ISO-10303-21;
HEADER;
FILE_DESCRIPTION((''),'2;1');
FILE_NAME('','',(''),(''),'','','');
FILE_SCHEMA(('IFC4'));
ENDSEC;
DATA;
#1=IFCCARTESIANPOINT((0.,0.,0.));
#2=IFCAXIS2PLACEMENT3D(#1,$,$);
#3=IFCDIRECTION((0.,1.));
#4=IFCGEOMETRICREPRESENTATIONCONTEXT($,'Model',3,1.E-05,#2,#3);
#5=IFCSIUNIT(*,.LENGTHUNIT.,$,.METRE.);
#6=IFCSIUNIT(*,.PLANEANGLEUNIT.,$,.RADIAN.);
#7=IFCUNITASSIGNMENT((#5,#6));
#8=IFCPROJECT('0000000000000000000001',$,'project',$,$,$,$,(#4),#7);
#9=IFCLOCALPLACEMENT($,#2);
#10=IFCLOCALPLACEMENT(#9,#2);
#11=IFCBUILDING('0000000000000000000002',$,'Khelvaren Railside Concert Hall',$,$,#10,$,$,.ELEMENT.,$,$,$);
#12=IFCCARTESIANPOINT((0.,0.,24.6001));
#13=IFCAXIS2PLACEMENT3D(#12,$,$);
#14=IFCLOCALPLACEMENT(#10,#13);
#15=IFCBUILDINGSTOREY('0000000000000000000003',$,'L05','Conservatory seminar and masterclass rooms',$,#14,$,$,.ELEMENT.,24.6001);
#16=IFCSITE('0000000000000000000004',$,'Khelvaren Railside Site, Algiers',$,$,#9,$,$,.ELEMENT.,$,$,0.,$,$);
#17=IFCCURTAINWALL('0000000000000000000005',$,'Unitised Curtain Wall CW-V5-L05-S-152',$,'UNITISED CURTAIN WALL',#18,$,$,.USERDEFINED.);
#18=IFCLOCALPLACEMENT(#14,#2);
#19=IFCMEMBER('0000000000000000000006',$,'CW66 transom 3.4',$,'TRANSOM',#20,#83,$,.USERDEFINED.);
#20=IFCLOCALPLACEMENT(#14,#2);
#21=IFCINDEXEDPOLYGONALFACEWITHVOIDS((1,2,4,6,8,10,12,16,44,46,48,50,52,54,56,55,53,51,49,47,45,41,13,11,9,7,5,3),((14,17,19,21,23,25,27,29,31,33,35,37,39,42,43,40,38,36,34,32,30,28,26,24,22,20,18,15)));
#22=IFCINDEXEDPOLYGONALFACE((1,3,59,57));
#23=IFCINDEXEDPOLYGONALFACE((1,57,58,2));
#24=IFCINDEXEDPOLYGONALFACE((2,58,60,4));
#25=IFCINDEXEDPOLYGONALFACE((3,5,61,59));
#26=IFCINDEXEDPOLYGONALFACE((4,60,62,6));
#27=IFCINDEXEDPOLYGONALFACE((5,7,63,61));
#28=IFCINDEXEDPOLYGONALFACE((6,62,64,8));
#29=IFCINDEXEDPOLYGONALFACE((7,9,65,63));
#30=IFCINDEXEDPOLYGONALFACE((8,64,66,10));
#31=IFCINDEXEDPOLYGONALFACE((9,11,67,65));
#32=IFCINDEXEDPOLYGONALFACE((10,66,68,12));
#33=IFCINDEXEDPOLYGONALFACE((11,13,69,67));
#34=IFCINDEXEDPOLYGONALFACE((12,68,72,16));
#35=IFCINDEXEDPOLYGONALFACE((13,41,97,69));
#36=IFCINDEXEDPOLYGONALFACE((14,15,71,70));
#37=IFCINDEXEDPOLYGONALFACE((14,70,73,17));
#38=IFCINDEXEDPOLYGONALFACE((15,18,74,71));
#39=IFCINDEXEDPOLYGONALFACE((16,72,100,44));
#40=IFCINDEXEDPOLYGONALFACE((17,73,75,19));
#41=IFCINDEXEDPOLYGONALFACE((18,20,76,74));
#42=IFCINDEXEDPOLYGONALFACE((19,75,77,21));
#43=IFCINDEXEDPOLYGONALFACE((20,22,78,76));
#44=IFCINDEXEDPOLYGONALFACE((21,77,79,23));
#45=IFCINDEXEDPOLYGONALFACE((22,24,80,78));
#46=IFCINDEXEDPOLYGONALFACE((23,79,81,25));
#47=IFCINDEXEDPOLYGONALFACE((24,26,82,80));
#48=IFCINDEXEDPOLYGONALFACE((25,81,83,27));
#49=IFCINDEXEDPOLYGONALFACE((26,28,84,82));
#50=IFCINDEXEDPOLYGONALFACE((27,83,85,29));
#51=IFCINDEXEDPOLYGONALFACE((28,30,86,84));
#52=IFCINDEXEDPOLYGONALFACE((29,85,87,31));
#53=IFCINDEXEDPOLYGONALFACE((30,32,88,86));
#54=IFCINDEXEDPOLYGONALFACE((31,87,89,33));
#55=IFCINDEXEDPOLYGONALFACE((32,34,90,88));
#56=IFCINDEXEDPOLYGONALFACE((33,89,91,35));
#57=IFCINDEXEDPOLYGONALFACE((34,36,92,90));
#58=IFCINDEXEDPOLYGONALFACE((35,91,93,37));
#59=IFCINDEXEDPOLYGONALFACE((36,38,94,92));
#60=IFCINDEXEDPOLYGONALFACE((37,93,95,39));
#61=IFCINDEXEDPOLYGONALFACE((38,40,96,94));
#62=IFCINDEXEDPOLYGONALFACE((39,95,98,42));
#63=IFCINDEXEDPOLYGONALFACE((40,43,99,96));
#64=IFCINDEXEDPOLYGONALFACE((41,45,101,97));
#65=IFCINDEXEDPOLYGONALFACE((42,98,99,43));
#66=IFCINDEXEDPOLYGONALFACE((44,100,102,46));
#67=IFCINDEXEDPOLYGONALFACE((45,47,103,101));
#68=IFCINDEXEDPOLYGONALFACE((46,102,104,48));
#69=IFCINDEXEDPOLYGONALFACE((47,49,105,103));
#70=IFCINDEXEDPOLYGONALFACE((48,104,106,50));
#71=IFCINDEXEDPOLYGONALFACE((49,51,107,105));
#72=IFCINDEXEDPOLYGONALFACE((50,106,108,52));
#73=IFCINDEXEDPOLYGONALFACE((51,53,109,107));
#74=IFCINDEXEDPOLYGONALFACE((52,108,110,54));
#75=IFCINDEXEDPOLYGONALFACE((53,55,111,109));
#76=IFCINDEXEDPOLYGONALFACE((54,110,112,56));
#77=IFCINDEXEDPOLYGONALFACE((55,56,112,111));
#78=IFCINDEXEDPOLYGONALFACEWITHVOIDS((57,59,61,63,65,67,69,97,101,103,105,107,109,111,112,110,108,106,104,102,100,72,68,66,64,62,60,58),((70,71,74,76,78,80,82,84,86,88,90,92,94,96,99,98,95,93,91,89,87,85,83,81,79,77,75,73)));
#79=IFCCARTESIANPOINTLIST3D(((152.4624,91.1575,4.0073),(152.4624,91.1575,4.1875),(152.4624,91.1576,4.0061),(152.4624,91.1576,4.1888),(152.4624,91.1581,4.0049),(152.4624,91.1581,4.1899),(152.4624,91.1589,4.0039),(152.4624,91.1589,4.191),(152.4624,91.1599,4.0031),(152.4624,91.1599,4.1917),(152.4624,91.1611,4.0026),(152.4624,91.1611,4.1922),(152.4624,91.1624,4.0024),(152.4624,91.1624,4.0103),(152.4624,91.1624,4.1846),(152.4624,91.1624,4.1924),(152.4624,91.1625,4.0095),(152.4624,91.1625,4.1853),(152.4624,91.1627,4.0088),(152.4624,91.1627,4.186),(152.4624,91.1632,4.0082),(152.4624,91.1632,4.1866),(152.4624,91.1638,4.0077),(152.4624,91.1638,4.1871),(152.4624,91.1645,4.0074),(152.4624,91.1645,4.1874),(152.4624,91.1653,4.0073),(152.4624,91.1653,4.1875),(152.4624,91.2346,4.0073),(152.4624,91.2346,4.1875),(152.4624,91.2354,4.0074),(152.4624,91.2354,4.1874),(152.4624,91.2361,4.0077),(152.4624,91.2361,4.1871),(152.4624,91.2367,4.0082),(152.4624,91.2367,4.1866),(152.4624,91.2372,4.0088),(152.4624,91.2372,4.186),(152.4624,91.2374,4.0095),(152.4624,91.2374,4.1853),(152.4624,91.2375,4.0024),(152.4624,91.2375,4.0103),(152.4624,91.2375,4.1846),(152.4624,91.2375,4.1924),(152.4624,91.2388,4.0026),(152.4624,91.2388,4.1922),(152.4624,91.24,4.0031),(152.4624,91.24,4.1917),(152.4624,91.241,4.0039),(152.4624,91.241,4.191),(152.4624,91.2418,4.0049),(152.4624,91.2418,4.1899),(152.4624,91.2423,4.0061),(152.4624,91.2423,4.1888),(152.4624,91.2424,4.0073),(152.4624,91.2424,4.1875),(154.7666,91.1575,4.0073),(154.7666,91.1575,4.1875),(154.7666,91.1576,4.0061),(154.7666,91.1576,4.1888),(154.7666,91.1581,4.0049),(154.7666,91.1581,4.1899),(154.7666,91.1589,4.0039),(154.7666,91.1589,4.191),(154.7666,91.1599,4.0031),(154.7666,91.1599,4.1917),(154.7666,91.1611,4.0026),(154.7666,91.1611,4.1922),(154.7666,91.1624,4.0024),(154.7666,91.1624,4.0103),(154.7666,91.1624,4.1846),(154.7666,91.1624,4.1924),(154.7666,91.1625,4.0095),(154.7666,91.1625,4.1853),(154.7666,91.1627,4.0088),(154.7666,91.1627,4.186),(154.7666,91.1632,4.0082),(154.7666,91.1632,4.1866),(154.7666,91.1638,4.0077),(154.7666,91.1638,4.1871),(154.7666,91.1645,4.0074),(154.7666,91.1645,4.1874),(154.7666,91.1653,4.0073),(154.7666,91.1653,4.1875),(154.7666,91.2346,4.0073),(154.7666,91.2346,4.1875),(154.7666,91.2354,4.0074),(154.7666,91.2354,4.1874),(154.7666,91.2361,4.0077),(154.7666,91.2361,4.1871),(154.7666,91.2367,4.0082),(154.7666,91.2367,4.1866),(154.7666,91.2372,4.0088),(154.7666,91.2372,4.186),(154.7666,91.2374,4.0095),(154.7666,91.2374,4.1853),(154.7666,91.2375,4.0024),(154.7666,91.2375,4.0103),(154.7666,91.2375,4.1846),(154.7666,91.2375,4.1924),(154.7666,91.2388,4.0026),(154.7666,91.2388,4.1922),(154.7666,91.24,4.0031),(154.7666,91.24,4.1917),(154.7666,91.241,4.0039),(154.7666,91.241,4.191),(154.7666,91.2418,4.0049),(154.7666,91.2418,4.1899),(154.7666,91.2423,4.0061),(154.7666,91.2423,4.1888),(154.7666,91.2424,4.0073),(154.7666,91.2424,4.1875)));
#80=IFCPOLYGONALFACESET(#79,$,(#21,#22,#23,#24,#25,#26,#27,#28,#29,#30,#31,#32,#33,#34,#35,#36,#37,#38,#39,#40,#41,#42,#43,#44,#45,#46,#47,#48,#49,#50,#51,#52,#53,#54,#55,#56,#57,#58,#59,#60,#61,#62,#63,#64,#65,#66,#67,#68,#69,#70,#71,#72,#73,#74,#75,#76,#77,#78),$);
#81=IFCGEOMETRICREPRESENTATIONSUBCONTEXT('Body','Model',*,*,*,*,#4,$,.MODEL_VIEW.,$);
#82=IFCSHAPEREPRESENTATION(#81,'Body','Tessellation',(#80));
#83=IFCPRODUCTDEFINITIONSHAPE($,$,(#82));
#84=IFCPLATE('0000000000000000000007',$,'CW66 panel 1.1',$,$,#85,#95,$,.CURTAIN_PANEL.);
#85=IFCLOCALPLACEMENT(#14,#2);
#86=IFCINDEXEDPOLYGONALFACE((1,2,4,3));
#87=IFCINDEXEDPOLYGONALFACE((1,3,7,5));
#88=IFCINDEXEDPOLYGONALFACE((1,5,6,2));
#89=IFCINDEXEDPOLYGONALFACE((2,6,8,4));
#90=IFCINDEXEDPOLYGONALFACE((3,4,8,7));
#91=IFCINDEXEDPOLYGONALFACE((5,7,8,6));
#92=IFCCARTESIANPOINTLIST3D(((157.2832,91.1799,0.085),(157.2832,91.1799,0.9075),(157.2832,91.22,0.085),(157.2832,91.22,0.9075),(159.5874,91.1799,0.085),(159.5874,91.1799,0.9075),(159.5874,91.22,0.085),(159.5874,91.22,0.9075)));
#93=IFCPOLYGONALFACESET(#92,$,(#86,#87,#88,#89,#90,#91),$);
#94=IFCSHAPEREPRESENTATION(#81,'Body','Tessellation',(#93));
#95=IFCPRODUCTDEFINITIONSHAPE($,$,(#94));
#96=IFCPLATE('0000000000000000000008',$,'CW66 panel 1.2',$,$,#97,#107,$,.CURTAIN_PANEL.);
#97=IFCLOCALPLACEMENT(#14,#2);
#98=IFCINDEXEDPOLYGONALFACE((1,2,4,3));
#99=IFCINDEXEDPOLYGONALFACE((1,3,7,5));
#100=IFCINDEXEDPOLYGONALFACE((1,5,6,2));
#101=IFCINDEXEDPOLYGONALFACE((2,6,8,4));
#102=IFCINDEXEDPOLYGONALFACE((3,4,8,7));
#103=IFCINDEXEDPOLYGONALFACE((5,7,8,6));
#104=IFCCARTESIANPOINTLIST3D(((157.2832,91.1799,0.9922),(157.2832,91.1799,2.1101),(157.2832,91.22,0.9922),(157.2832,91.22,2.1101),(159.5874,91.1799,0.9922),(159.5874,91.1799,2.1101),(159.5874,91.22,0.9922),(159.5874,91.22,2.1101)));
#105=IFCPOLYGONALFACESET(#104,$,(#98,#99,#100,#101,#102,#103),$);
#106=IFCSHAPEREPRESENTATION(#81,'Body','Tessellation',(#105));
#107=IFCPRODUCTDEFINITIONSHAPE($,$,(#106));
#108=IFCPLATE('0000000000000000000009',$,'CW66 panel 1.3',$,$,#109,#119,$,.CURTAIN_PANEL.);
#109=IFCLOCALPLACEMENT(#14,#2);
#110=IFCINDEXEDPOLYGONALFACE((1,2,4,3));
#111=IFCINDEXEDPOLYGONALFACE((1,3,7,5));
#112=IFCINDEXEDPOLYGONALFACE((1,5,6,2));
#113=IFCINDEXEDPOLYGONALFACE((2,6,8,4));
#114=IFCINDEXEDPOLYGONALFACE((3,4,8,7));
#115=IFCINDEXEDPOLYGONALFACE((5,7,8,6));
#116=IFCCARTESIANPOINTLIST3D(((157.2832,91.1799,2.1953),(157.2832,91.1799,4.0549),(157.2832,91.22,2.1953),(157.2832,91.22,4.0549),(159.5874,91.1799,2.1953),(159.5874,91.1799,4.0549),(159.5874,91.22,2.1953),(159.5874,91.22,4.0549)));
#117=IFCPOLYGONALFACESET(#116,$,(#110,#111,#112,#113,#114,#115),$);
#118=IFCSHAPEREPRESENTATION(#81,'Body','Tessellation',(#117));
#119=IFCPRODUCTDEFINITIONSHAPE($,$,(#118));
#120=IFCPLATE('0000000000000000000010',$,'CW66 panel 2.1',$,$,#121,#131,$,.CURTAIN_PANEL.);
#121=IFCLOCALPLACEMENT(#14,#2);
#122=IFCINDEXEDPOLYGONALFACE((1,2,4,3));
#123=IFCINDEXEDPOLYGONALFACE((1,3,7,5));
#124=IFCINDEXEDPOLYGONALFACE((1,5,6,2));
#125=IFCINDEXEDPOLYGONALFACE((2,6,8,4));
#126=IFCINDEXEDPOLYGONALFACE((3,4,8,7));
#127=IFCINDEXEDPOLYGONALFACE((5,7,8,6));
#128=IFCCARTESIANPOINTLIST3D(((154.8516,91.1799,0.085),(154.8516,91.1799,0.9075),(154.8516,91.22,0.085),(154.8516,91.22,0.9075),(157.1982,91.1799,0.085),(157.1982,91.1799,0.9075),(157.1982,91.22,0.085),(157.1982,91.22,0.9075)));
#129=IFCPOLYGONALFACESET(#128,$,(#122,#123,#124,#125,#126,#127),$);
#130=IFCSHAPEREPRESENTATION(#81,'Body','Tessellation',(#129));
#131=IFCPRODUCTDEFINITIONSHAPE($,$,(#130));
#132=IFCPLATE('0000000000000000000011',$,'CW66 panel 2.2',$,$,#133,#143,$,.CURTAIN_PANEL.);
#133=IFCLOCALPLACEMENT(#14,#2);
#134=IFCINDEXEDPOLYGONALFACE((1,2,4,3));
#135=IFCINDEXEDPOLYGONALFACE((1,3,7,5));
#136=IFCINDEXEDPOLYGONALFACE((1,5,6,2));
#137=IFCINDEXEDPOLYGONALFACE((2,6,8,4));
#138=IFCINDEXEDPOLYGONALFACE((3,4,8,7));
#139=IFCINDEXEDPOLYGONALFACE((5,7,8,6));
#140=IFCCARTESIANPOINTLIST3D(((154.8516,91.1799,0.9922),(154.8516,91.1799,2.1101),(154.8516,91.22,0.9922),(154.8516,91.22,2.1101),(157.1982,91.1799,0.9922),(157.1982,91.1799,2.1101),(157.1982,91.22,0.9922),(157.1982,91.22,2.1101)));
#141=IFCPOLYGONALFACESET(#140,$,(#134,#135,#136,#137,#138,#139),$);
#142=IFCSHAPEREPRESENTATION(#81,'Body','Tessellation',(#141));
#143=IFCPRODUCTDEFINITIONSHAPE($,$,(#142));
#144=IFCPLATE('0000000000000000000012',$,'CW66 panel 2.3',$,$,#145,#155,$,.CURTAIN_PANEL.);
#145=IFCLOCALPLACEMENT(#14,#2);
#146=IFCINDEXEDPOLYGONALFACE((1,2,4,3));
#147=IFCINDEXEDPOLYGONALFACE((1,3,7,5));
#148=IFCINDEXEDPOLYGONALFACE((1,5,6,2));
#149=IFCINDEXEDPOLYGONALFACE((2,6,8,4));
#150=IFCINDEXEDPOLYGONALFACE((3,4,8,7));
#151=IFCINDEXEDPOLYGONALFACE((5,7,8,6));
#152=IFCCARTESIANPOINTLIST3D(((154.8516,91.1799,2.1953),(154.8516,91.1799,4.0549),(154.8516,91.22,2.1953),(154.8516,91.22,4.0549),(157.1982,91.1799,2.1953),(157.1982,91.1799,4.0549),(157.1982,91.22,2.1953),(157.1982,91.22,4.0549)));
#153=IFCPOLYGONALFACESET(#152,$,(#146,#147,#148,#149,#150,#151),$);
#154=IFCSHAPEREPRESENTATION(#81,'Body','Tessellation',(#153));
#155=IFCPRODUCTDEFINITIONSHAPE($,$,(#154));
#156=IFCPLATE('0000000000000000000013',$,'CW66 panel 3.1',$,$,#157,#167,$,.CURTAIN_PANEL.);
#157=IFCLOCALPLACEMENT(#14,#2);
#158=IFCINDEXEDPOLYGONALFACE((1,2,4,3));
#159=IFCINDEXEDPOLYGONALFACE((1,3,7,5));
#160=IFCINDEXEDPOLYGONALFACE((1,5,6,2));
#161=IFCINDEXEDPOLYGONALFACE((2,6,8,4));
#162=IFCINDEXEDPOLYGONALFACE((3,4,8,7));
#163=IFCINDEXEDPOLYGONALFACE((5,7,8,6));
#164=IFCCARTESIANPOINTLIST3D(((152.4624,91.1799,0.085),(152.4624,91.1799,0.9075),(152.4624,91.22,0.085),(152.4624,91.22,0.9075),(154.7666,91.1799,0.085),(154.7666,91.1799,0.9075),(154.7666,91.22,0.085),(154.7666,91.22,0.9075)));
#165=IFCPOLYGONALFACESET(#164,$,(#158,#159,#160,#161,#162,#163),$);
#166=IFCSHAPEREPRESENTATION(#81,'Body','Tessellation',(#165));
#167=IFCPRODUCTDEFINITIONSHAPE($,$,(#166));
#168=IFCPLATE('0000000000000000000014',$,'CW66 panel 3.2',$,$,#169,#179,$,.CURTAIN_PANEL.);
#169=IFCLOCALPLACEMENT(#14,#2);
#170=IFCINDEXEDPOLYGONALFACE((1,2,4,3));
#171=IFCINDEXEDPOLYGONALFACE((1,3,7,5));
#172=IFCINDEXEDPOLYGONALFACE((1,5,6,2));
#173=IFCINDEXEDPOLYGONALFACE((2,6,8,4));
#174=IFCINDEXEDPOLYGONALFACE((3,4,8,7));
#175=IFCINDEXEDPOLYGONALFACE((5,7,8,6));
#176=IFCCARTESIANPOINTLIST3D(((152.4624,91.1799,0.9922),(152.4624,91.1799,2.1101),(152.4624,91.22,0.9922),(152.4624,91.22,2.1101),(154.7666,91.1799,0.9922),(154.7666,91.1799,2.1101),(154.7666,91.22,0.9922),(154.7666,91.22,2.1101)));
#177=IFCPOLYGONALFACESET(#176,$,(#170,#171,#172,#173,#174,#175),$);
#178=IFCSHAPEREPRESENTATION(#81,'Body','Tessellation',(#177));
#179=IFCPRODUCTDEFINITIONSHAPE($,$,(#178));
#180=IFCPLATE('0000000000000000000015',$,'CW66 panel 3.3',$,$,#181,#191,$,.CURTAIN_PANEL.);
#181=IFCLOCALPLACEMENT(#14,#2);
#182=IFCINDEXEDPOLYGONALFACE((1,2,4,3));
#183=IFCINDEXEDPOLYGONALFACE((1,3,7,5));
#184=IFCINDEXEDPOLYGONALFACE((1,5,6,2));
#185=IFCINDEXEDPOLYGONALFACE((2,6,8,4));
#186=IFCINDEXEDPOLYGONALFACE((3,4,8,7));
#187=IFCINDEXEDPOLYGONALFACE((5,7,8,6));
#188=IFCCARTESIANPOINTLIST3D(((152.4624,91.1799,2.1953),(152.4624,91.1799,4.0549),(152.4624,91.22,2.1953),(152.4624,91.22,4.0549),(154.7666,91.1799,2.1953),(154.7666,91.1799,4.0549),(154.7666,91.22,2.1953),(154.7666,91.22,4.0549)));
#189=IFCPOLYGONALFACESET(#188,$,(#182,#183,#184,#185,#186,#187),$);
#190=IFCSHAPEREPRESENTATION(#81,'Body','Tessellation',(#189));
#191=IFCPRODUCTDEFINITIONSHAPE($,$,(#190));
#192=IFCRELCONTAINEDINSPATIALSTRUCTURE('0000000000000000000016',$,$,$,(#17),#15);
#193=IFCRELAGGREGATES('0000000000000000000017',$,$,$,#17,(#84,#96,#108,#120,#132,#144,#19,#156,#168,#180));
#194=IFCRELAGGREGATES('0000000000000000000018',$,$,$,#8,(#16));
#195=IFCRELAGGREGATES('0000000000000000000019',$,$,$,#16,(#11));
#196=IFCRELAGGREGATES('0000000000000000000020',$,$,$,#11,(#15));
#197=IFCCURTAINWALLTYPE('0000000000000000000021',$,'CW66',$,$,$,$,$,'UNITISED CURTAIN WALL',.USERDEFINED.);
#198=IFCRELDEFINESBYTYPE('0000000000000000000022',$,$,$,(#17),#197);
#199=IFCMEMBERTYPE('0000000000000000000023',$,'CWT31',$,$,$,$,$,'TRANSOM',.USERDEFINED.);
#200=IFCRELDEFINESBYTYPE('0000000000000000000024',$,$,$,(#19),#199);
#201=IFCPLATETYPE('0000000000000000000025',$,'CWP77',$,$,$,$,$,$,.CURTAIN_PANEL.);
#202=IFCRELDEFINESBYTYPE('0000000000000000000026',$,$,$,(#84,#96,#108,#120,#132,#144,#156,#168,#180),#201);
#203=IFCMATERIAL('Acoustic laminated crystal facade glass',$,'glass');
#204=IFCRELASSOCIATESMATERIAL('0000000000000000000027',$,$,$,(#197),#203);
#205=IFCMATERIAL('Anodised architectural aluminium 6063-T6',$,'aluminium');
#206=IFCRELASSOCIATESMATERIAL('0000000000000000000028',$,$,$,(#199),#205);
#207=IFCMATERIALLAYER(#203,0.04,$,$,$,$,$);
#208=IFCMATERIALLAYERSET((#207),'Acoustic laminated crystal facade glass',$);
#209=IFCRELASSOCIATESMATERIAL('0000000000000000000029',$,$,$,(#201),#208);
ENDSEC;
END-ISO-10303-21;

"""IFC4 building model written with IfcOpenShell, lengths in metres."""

from ifc_helpers import new_model, si_unit, direction, frame, origin, origin_2d, place, context, subcontext, project, spatial, rectangle, hollow_rectangle, extrude, material, layer, layer_set, material_profile, profile_set, type_object, element, aggregate, save


model = new_model("IFC4")

# Units and contexts
model_context = context("Model", 3, precision=1e-05, world=origin(), true_north=direction((0.0, 1.0)))
body_context = subcontext(model_context, "Body", "Model", "MODEL_VIEW")
ifc_project = project(units=[si_unit("LENGTHUNIT", "METRE"), si_unit("PLANEANGLEUNIT", "RADIAN")], contexts=[model_context])

# Site, building, storey
site_placement = place(None, origin())
site = spatial("IfcSite", under=ifc_project, at=site_placement, Name="Khelvaren Railside Site, Algiers", CompositionType="ELEMENT", RefElevation=0.0)
building_placement = place(site_placement, origin())
building = spatial("IfcBuilding", under=site, at=building_placement, Name="Khelvaren Railside Concert Hall", CompositionType="ELEMENT")
storey_placement = place(building_placement, frame((0.0, 0.0, 24.6001)))
storey = spatial("IfcBuildingStorey", under=building, at=storey_placement, Name="L05", Description="Conservatory seminar and masterclass rooms", CompositionType="ELEMENT", Elevation=24.6001)

# Curtain wall, member, plates
ifc_material_1 = material(Name="Acoustic laminated crystal facade glass", Category="glass")
curtain_wall_type = type_object("IfcCurtainWallType", Name="CW66", ElementType="UNITISED CURTAIN WALL", PredefinedType="USERDEFINED", material=ifc_material_1)
curtain_wall_placement = place(storey_placement, origin())
curtain_wall = element("IfcCurtainWall", 1, at=curtain_wall_placement, inside=storey, type_object=curtain_wall_type, Name="Unitised Curtain Wall CW-V5-L05-S-152", ObjectType="UNITISED CURTAIN WALL", PredefinedType="USERDEFINED")
ifc_material_2 = material(Name="Anodised architectural aluminium 6063-T6", Category="aluminium")
ifc_material_profile_1 = material_profile(ifc_material_2, hollow_rectangle(XDim=0.085, YDim=0.1899, WallThickness=0.0049, InnerFilletRadius=0.0029, OuterFilletRadius=0.0049, at=origin_2d()), Name="CWT 85x190x5")
ifc_profile_set_1 = profile_set([ifc_material_profile_1], Name="Anodised architectural aluminium 6063-T6")
member_type_1 = type_object("IfcMemberType", Name="CWT31", ElementType="TRANSOM", PredefinedType="USERDEFINED", material=ifc_profile_set_1)
member_1_placement = place(storey_placement, frame((154.7666, 91.2, 4.0974), z_axis=(-1.0, 0.0, 0.0), x_axis=(0.0, -1.0, 0.0)))
member_1 = element("IfcMember", 2, at=member_1_placement, type_object=member_type_1, Name="CW66 transom 3.4", ObjectType="TRANSOM", PredefinedType="USERDEFINED", context=body_context, shape_type="SweptSolid", body=[
    extrude(hollow_rectangle(XDim=0.085, YDim=0.1899, WallThickness=0.0049, InnerFilletRadius=0.0029, OuterFilletRadius=0.0049, at=origin_2d()), origin(), (0.0, 0.0, 1.0), 2.3042),
])
ifc_layer = layer(ifc_material_1, 0.04)
ifc_layer_set = layer_set([ifc_layer], Name="Acoustic laminated crystal facade glass")
plate_type = type_object("IfcPlateType", Name="CWP77", PredefinedType="CURTAIN_PANEL", material=ifc_layer_set)
plate_1_placement = place(storey_placement, frame((158.4353, 91.2, 0.085), z_axis=(0.0, 0.0, 1.0), x_axis=(-1.0, 0.0, 0.0)))
plate_1 = element("IfcPlate", 3, at=plate_1_placement, type_object=plate_type, Name="CW66 panel 1.1", PredefinedType="CURTAIN_PANEL", context=body_context, shape_type="SweptSolid", body=[
    extrude(rectangle(XDim=2.3042, YDim=0.04, at=origin_2d()), origin(), (0.0, 0.0, 1.0), 0.8225),
])
plate_2_placement = place(storey_placement, frame((158.4353, 91.2, 0.9922), z_axis=(0.0, 0.0, 1.0), x_axis=(-1.0, 0.0, 0.0)))
plate_2 = element("IfcPlate", 4, at=plate_2_placement, type_object=plate_type, Name="CW66 panel 1.2", PredefinedType="CURTAIN_PANEL", context=body_context, shape_type="SweptSolid", body=[
    extrude(rectangle(XDim=2.3042, YDim=0.04, at=origin_2d()), origin(), (0.0, 0.0, 1.0), 1.1179),
])
plate_3_placement = place(storey_placement, frame((158.4353, 91.2, 2.1953), z_axis=(0.0, 0.0, 1.0), x_axis=(-1.0, 0.0, 0.0)))
plate_3 = element("IfcPlate", 5, at=plate_3_placement, type_object=plate_type, Name="CW66 panel 1.3", PredefinedType="CURTAIN_PANEL", context=body_context, shape_type="SweptSolid", body=[
    extrude(rectangle(XDim=2.3042, YDim=0.04, at=origin_2d()), origin(), (0.0, 0.0, 1.0), 1.8596),
])
plate_4_placement = place(storey_placement, frame((156.0249, 91.2, 0.085), z_axis=(0.0, 0.0, 1.0), x_axis=(-1.0, 0.0, 0.0)))
plate_4 = element("IfcPlate", 6, at=plate_4_placement, type_object=plate_type, Name="CW66 panel 2.1", PredefinedType="CURTAIN_PANEL", context=body_context, shape_type="SweptSolid", body=[
    extrude(rectangle(XDim=2.3467, YDim=0.04, at=origin_2d()), origin(), (0.0, 0.0, 1.0), 0.8225),
])
plate_5_placement = place(storey_placement, frame((156.0249, 91.2, 0.9922), z_axis=(0.0, 0.0, 1.0), x_axis=(-1.0, 0.0, 0.0)))
plate_5 = element("IfcPlate", 7, at=plate_5_placement, type_object=plate_type, Name="CW66 panel 2.2", PredefinedType="CURTAIN_PANEL", context=body_context, shape_type="SweptSolid", body=[
    extrude(rectangle(XDim=2.3467, YDim=0.04, at=origin_2d()), origin(), (0.0, 0.0, 1.0), 1.1179),
])
plate_6_placement = place(storey_placement, frame((156.0249, 91.2, 2.1953), z_axis=(0.0, 0.0, 1.0), x_axis=(-1.0, 0.0, 0.0)))
plate_6 = element("IfcPlate", 8, at=plate_6_placement, type_object=plate_type, Name="CW66 panel 2.3", PredefinedType="CURTAIN_PANEL", context=body_context, shape_type="SweptSolid", body=[
    extrude(rectangle(XDim=2.3467, YDim=0.04, at=origin_2d()), origin(), (0.0, 0.0, 1.0), 1.8596),
])
plate_7_placement = place(storey_placement, frame((153.6145, 91.2, 0.085), z_axis=(0.0, 0.0, 1.0), x_axis=(-1.0, 0.0, 0.0)))
plate_7 = element("IfcPlate", 9, at=plate_7_placement, type_object=plate_type, Name="CW66 panel 3.1", PredefinedType="CURTAIN_PANEL", context=body_context, shape_type="SweptSolid", body=[
    extrude(rectangle(XDim=2.3042, YDim=0.04, at=origin_2d()), origin(), (0.0, 0.0, 1.0), 0.8225),
])
plate_8_placement = place(storey_placement, frame((153.6145, 91.2, 0.9922), z_axis=(0.0, 0.0, 1.0), x_axis=(-1.0, 0.0, 0.0)))
plate_8 = element("IfcPlate", 10, at=plate_8_placement, type_object=plate_type, Name="CW66 panel 3.2", PredefinedType="CURTAIN_PANEL", context=body_context, shape_type="SweptSolid", body=[
    extrude(rectangle(XDim=2.3042, YDim=0.04, at=origin_2d()), origin(), (0.0, 0.0, 1.0), 1.1179),
])
plate_9_placement = place(storey_placement, frame((153.6145, 91.2, 2.1953), z_axis=(0.0, 0.0, 1.0), x_axis=(-1.0, 0.0, 0.0)))
plate_9 = element("IfcPlate", 11, at=plate_9_placement, type_object=plate_type, Name="CW66 panel 3.3", PredefinedType="CURTAIN_PANEL", context=body_context, shape_type="SweptSolid", body=[
    extrude(rectangle(XDim=2.3042, YDim=0.04, at=origin_2d()), origin(), (0.0, 0.0, 1.0), 1.8596),
])
aggregate(curtain_wall, [plate_1, plate_2, plate_3, plate_4, plate_5, plate_6, member_1, plate_7, plate_8, plate_9])

save(model, "model.ifc")
